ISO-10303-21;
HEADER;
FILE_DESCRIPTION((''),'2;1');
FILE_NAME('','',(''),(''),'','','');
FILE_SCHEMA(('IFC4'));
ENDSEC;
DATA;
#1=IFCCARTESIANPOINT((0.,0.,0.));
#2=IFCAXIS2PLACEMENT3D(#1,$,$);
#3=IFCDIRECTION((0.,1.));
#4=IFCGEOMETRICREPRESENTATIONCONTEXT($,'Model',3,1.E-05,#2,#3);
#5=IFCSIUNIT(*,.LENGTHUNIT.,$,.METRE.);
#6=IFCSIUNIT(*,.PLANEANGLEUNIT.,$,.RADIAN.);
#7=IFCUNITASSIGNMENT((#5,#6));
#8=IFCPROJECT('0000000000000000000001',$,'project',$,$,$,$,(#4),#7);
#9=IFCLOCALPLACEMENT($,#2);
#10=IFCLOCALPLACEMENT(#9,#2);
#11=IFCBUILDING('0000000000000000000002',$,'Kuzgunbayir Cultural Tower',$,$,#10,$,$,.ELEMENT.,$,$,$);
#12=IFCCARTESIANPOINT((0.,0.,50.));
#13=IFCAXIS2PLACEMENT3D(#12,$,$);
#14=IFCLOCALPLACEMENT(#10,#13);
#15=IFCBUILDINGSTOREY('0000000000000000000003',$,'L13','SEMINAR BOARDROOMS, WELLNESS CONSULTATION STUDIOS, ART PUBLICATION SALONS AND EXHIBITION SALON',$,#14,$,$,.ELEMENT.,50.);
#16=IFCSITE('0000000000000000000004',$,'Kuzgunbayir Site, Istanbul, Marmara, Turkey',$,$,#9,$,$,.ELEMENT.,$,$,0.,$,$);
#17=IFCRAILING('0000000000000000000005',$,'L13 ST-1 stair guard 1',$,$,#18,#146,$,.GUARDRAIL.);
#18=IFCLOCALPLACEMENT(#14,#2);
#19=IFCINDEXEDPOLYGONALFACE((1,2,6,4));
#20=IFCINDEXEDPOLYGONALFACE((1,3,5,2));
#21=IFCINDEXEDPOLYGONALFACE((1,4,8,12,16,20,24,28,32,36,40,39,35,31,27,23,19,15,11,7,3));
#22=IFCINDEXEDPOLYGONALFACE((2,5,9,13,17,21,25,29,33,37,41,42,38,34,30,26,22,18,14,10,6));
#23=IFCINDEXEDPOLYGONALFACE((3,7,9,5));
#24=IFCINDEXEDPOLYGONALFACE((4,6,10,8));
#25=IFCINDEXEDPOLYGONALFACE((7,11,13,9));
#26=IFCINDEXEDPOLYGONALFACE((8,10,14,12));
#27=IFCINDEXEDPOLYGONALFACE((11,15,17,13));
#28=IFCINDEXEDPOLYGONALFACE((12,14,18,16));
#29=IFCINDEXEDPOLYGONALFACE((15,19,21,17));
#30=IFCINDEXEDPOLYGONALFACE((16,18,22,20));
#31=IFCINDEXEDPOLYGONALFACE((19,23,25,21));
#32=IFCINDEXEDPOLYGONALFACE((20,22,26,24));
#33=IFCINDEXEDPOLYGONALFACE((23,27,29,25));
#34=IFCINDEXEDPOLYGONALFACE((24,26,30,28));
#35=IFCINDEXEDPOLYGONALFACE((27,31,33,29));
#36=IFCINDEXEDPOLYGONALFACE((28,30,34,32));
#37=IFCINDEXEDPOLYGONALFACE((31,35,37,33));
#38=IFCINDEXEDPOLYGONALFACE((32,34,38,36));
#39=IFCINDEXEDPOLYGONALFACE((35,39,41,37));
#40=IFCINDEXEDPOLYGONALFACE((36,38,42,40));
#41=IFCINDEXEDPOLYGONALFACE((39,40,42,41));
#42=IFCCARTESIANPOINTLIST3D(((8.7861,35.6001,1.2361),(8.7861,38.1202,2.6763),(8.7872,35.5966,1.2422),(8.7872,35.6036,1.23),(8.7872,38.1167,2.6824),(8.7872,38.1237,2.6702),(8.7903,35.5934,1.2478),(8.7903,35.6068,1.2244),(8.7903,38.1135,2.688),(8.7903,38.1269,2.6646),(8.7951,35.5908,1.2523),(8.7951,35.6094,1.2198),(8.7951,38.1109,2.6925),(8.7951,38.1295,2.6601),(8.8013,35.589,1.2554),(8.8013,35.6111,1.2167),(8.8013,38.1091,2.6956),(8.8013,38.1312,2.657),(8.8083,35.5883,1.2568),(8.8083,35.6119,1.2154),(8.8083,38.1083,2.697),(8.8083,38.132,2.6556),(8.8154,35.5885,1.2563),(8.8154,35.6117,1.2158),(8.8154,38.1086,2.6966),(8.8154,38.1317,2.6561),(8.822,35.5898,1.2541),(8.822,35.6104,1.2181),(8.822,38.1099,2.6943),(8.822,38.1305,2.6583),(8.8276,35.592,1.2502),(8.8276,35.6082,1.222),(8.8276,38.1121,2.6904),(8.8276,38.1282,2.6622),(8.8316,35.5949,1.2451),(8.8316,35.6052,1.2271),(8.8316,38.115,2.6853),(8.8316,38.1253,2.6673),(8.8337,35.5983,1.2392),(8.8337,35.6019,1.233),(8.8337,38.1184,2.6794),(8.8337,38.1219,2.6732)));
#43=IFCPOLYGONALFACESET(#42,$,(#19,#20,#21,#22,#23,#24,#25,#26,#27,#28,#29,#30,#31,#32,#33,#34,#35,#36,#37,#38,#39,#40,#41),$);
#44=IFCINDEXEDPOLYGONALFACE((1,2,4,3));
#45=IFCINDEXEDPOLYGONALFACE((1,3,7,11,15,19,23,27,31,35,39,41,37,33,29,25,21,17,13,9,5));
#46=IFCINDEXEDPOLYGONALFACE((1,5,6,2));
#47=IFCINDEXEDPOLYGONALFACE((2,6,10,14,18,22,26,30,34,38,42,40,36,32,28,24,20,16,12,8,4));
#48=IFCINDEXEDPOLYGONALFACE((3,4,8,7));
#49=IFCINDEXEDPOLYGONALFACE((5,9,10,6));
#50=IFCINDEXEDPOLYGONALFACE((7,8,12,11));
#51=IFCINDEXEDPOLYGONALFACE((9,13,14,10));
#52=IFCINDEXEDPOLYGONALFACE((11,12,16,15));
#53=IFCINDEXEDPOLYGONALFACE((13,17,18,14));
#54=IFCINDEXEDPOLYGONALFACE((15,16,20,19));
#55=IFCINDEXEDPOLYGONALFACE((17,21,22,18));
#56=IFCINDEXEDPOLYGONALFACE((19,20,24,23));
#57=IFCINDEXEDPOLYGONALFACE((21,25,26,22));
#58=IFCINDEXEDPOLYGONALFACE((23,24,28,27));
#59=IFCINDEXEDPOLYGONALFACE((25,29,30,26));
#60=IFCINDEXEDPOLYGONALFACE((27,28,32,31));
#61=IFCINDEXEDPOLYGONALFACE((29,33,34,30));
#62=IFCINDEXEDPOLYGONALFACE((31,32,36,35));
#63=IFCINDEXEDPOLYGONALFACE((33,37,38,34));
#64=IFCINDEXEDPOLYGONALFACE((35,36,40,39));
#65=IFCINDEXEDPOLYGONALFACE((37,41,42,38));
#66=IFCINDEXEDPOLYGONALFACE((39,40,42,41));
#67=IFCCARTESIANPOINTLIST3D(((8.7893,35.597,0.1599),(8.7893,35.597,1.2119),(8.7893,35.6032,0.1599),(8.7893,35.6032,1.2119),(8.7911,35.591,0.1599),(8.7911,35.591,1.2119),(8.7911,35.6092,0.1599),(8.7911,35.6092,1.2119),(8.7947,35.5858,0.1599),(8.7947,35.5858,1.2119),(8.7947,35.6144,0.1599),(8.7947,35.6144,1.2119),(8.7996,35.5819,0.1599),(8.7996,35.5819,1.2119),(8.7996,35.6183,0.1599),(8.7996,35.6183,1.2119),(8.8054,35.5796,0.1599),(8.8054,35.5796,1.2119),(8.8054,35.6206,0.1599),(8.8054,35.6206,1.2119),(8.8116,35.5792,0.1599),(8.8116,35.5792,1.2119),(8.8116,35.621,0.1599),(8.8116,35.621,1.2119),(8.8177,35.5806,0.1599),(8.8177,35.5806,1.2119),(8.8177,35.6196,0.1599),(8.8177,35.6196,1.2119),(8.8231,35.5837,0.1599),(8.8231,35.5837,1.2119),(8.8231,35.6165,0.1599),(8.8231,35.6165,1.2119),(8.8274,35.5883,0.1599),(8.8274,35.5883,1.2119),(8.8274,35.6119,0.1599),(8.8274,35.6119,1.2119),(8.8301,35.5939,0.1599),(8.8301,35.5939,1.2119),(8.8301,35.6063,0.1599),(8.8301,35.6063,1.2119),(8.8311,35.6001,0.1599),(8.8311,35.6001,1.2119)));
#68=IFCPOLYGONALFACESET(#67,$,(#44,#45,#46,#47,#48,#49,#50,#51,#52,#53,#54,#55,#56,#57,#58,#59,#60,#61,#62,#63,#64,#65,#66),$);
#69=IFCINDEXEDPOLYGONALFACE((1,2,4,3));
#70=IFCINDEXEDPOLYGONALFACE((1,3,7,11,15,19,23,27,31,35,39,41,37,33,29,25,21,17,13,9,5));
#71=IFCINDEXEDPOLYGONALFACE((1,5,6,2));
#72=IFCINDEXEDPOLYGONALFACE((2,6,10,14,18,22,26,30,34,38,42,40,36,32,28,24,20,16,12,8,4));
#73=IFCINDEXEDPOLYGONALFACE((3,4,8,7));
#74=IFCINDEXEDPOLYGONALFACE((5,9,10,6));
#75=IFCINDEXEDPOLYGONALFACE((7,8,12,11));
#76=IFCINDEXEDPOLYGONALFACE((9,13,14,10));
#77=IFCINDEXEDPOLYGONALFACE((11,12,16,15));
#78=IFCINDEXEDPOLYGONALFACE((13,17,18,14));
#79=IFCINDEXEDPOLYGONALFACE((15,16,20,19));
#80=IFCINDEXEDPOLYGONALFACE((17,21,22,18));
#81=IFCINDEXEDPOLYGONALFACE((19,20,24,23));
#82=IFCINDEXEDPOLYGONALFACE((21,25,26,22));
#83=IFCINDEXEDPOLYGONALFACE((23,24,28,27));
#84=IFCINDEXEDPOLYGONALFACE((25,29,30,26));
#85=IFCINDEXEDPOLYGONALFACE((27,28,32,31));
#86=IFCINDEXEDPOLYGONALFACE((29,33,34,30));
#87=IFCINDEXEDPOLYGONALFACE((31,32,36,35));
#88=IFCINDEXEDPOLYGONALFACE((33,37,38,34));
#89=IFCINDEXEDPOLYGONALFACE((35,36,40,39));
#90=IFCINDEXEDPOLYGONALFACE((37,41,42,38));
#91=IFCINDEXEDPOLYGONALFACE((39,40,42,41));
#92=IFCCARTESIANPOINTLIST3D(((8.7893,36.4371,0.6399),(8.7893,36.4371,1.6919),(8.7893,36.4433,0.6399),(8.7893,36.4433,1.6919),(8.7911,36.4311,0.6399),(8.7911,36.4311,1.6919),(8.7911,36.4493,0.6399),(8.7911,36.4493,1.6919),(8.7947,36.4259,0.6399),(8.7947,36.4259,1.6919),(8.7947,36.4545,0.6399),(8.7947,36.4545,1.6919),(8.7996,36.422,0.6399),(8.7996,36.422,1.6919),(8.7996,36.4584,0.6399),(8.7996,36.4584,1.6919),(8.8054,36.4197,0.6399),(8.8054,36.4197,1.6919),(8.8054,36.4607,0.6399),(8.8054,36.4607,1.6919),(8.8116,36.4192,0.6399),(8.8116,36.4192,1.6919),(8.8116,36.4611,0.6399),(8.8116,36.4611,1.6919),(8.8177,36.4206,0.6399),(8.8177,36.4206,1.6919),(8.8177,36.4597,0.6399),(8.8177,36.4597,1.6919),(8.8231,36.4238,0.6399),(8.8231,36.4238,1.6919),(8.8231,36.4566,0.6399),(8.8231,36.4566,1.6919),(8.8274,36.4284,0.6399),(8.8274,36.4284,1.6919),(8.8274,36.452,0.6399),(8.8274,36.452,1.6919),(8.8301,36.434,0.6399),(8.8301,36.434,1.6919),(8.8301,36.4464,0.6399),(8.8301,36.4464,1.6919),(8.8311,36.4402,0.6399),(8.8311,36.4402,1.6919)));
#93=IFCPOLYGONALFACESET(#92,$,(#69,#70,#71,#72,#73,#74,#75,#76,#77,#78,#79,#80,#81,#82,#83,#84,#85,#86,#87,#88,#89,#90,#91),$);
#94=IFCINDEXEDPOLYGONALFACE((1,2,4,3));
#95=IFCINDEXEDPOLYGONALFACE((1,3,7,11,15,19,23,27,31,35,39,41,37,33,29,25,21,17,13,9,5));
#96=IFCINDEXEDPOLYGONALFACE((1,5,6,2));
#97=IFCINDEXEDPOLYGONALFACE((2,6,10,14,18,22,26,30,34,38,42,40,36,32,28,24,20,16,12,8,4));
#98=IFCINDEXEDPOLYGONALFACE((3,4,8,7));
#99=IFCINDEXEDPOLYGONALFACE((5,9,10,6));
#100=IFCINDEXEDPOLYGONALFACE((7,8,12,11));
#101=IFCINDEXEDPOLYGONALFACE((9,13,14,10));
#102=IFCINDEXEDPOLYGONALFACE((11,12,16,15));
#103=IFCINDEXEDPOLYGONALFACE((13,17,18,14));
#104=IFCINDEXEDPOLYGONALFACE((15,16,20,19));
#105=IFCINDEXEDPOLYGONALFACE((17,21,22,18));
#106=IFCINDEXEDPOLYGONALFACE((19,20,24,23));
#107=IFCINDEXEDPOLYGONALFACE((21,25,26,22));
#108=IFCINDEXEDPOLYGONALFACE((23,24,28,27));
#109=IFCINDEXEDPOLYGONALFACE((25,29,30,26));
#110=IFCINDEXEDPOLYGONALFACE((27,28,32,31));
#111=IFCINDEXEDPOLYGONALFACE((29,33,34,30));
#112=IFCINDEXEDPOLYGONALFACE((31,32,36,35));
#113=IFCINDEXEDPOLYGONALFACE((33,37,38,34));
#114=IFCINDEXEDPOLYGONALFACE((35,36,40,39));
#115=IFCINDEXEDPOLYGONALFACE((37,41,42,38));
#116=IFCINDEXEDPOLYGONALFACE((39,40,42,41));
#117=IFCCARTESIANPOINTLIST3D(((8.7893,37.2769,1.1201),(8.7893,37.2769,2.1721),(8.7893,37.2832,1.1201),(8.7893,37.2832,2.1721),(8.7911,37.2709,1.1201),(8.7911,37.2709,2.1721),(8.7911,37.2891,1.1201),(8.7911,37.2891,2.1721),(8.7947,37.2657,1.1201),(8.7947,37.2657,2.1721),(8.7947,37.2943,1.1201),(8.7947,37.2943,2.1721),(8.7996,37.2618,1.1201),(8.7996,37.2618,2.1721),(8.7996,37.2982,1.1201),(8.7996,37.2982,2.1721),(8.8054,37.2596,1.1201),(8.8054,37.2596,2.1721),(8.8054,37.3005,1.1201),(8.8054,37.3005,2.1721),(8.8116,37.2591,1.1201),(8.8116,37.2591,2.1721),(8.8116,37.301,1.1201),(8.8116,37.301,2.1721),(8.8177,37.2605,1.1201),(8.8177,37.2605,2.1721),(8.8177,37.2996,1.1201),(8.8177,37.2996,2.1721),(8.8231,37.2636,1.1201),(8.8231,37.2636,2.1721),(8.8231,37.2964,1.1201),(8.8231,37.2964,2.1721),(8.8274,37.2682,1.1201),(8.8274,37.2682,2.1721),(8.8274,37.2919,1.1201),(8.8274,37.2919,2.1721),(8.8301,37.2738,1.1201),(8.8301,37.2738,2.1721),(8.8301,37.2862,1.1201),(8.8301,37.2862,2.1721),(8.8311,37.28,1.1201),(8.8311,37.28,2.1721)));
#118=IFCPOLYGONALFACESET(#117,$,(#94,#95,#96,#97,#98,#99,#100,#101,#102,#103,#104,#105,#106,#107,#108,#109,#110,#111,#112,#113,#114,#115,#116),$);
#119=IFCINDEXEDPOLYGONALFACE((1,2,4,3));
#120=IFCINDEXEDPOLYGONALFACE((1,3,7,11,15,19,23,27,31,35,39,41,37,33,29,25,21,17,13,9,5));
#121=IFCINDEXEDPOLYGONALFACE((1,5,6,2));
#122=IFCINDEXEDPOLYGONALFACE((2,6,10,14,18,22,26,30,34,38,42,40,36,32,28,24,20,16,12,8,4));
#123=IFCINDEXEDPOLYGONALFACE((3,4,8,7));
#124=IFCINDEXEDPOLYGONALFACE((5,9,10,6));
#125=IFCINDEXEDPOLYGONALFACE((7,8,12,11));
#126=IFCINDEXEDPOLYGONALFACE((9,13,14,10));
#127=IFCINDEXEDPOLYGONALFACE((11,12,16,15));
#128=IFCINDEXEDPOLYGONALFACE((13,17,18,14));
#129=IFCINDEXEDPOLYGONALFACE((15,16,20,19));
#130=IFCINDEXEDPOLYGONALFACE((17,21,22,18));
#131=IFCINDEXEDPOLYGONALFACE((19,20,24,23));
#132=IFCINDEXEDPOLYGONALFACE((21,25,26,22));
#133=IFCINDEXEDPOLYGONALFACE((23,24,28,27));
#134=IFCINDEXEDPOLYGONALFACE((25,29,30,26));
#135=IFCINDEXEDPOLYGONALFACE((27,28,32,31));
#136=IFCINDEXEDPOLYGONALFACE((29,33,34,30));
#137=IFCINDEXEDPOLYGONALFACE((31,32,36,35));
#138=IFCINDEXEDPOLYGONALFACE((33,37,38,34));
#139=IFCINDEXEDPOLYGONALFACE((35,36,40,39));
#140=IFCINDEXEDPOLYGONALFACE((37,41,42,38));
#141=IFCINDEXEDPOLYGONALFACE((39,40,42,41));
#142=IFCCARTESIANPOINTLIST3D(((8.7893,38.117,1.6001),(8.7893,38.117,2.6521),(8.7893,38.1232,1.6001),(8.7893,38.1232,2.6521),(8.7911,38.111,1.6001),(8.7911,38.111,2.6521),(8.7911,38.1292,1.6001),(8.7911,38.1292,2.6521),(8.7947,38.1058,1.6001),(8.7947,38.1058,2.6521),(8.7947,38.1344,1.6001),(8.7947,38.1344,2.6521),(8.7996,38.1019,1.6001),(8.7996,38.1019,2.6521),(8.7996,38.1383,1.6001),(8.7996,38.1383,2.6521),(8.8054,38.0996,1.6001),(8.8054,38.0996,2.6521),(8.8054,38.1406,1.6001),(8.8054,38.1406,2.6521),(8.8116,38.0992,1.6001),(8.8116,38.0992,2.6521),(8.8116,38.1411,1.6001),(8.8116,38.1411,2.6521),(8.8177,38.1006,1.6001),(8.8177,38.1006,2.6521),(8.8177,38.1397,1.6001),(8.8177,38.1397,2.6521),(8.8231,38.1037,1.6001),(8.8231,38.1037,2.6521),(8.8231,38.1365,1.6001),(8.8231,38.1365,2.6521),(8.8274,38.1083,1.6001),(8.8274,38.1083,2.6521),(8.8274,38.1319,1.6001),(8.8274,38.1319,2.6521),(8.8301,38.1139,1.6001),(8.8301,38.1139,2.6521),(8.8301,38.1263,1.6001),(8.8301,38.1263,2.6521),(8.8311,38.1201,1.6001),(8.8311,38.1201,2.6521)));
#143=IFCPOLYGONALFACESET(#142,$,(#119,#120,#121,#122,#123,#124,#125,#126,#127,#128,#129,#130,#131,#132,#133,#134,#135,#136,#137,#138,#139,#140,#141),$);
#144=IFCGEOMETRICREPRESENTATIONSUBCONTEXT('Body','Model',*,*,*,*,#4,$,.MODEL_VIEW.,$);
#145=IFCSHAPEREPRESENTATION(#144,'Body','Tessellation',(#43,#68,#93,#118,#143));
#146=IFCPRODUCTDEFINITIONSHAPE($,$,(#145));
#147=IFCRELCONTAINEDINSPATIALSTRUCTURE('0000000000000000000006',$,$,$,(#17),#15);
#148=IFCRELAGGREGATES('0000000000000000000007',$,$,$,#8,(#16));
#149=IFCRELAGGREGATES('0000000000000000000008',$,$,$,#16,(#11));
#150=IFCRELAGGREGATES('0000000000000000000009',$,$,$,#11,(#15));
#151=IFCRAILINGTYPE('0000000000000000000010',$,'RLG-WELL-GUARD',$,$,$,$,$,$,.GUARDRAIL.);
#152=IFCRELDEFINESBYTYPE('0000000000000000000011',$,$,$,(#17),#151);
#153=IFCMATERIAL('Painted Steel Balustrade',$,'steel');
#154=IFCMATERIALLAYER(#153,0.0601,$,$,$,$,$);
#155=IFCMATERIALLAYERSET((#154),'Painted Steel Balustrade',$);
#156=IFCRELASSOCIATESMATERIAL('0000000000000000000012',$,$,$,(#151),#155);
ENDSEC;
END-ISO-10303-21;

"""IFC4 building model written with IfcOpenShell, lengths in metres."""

from ifc_helpers import new_model, si_unit, direction, frame, origin, origin_2d, place, context, subcontext, project, spatial, circle, extrude, material, layer, layer_set, type_object, element, save


model = new_model("IFC4")

# Units and contexts
model_context = context("Model", 3, precision=1e-05, world=origin(), true_north=direction((0.0, 1.0)))
body_context = subcontext(model_context, "Body", "Model", "MODEL_VIEW")
ifc_project = project(units=[si_unit("LENGTHUNIT", "METRE"), si_unit("PLANEANGLEUNIT", "RADIAN")], contexts=[model_context])

# Site, building, storey
site_placement = place(None, origin())
site = spatial("IfcSite", under=ifc_project, at=site_placement, Name="Kuzgunbayir Site, Istanbul, Marmara, Turkey", CompositionType="ELEMENT", RefElevation=0.0)
building_placement = place(site_placement, origin())
building = spatial("IfcBuilding", under=site, at=building_placement, Name="Kuzgunbayir Cultural Tower", CompositionType="ELEMENT")
storey_placement = place(building_placement, frame((0.0, 0.0, 50.0)))
storey = spatial("IfcBuildingStorey", under=building, at=storey_placement, Name="L13", Description="SEMINAR BOARDROOMS, WELLNESS CONSULTATION STUDIOS, ART PUBLICATION SALONS AND EXHIBITION SALON", CompositionType="ELEMENT", Elevation=50.0)

# Railing
ifc_material_1 = material(Name="Painted Steel Balustrade", Category="steel")
ifc_layer_1 = layer(ifc_material_1, 0.0601)
ifc_layer_set_1 = layer_set([ifc_layer_1], Name="Painted Steel Balustrade")
railing_type_1 = type_object("IfcRailingType", Name="RLG-WELL-GUARD", PredefinedType="GUARDRAIL", material=ifc_layer_set_1)
railing_1_placement = place(storey_placement, frame((8.8101, 35.6001, 0.1599)))
element("IfcRailing", 1, at=railing_1_placement, inside=storey, type_object=railing_type_1, Name="L13 ST-1 stair guard 1", PredefinedType="GUARDRAIL", context=body_context, shape_type="SweptSolid", body=[
    extrude(circle(Radius=0.0239, at=origin_2d()), frame((0.0, 0.0, 1.0762), z_axis=(0.0, 0.868217, 0.496184), x_axis=(-1.0, 0.0, 0.0)), (0.0, 0.0, 1.0), 2.9026),
    extrude(circle(Radius=0.021, at=origin_2d()), origin(), (0.0, 0.0, 1.0), 1.052),
    extrude(circle(Radius=0.021, at=origin_2d()), frame((0.0, 0.8401, 0.48)), (0.0, 0.0, 1.0), 1.052),
    extrude(circle(Radius=0.021, at=origin_2d()), frame((0.0, 1.6799, 0.9602)), (0.0, 0.0, 1.0), 1.052),
    extrude(circle(Radius=0.021, at=origin_2d()), frame((0.0, 2.52, 1.4402)), (0.0, 0.0, 1.0), 1.052),
])

save(model, "model.ifc")
